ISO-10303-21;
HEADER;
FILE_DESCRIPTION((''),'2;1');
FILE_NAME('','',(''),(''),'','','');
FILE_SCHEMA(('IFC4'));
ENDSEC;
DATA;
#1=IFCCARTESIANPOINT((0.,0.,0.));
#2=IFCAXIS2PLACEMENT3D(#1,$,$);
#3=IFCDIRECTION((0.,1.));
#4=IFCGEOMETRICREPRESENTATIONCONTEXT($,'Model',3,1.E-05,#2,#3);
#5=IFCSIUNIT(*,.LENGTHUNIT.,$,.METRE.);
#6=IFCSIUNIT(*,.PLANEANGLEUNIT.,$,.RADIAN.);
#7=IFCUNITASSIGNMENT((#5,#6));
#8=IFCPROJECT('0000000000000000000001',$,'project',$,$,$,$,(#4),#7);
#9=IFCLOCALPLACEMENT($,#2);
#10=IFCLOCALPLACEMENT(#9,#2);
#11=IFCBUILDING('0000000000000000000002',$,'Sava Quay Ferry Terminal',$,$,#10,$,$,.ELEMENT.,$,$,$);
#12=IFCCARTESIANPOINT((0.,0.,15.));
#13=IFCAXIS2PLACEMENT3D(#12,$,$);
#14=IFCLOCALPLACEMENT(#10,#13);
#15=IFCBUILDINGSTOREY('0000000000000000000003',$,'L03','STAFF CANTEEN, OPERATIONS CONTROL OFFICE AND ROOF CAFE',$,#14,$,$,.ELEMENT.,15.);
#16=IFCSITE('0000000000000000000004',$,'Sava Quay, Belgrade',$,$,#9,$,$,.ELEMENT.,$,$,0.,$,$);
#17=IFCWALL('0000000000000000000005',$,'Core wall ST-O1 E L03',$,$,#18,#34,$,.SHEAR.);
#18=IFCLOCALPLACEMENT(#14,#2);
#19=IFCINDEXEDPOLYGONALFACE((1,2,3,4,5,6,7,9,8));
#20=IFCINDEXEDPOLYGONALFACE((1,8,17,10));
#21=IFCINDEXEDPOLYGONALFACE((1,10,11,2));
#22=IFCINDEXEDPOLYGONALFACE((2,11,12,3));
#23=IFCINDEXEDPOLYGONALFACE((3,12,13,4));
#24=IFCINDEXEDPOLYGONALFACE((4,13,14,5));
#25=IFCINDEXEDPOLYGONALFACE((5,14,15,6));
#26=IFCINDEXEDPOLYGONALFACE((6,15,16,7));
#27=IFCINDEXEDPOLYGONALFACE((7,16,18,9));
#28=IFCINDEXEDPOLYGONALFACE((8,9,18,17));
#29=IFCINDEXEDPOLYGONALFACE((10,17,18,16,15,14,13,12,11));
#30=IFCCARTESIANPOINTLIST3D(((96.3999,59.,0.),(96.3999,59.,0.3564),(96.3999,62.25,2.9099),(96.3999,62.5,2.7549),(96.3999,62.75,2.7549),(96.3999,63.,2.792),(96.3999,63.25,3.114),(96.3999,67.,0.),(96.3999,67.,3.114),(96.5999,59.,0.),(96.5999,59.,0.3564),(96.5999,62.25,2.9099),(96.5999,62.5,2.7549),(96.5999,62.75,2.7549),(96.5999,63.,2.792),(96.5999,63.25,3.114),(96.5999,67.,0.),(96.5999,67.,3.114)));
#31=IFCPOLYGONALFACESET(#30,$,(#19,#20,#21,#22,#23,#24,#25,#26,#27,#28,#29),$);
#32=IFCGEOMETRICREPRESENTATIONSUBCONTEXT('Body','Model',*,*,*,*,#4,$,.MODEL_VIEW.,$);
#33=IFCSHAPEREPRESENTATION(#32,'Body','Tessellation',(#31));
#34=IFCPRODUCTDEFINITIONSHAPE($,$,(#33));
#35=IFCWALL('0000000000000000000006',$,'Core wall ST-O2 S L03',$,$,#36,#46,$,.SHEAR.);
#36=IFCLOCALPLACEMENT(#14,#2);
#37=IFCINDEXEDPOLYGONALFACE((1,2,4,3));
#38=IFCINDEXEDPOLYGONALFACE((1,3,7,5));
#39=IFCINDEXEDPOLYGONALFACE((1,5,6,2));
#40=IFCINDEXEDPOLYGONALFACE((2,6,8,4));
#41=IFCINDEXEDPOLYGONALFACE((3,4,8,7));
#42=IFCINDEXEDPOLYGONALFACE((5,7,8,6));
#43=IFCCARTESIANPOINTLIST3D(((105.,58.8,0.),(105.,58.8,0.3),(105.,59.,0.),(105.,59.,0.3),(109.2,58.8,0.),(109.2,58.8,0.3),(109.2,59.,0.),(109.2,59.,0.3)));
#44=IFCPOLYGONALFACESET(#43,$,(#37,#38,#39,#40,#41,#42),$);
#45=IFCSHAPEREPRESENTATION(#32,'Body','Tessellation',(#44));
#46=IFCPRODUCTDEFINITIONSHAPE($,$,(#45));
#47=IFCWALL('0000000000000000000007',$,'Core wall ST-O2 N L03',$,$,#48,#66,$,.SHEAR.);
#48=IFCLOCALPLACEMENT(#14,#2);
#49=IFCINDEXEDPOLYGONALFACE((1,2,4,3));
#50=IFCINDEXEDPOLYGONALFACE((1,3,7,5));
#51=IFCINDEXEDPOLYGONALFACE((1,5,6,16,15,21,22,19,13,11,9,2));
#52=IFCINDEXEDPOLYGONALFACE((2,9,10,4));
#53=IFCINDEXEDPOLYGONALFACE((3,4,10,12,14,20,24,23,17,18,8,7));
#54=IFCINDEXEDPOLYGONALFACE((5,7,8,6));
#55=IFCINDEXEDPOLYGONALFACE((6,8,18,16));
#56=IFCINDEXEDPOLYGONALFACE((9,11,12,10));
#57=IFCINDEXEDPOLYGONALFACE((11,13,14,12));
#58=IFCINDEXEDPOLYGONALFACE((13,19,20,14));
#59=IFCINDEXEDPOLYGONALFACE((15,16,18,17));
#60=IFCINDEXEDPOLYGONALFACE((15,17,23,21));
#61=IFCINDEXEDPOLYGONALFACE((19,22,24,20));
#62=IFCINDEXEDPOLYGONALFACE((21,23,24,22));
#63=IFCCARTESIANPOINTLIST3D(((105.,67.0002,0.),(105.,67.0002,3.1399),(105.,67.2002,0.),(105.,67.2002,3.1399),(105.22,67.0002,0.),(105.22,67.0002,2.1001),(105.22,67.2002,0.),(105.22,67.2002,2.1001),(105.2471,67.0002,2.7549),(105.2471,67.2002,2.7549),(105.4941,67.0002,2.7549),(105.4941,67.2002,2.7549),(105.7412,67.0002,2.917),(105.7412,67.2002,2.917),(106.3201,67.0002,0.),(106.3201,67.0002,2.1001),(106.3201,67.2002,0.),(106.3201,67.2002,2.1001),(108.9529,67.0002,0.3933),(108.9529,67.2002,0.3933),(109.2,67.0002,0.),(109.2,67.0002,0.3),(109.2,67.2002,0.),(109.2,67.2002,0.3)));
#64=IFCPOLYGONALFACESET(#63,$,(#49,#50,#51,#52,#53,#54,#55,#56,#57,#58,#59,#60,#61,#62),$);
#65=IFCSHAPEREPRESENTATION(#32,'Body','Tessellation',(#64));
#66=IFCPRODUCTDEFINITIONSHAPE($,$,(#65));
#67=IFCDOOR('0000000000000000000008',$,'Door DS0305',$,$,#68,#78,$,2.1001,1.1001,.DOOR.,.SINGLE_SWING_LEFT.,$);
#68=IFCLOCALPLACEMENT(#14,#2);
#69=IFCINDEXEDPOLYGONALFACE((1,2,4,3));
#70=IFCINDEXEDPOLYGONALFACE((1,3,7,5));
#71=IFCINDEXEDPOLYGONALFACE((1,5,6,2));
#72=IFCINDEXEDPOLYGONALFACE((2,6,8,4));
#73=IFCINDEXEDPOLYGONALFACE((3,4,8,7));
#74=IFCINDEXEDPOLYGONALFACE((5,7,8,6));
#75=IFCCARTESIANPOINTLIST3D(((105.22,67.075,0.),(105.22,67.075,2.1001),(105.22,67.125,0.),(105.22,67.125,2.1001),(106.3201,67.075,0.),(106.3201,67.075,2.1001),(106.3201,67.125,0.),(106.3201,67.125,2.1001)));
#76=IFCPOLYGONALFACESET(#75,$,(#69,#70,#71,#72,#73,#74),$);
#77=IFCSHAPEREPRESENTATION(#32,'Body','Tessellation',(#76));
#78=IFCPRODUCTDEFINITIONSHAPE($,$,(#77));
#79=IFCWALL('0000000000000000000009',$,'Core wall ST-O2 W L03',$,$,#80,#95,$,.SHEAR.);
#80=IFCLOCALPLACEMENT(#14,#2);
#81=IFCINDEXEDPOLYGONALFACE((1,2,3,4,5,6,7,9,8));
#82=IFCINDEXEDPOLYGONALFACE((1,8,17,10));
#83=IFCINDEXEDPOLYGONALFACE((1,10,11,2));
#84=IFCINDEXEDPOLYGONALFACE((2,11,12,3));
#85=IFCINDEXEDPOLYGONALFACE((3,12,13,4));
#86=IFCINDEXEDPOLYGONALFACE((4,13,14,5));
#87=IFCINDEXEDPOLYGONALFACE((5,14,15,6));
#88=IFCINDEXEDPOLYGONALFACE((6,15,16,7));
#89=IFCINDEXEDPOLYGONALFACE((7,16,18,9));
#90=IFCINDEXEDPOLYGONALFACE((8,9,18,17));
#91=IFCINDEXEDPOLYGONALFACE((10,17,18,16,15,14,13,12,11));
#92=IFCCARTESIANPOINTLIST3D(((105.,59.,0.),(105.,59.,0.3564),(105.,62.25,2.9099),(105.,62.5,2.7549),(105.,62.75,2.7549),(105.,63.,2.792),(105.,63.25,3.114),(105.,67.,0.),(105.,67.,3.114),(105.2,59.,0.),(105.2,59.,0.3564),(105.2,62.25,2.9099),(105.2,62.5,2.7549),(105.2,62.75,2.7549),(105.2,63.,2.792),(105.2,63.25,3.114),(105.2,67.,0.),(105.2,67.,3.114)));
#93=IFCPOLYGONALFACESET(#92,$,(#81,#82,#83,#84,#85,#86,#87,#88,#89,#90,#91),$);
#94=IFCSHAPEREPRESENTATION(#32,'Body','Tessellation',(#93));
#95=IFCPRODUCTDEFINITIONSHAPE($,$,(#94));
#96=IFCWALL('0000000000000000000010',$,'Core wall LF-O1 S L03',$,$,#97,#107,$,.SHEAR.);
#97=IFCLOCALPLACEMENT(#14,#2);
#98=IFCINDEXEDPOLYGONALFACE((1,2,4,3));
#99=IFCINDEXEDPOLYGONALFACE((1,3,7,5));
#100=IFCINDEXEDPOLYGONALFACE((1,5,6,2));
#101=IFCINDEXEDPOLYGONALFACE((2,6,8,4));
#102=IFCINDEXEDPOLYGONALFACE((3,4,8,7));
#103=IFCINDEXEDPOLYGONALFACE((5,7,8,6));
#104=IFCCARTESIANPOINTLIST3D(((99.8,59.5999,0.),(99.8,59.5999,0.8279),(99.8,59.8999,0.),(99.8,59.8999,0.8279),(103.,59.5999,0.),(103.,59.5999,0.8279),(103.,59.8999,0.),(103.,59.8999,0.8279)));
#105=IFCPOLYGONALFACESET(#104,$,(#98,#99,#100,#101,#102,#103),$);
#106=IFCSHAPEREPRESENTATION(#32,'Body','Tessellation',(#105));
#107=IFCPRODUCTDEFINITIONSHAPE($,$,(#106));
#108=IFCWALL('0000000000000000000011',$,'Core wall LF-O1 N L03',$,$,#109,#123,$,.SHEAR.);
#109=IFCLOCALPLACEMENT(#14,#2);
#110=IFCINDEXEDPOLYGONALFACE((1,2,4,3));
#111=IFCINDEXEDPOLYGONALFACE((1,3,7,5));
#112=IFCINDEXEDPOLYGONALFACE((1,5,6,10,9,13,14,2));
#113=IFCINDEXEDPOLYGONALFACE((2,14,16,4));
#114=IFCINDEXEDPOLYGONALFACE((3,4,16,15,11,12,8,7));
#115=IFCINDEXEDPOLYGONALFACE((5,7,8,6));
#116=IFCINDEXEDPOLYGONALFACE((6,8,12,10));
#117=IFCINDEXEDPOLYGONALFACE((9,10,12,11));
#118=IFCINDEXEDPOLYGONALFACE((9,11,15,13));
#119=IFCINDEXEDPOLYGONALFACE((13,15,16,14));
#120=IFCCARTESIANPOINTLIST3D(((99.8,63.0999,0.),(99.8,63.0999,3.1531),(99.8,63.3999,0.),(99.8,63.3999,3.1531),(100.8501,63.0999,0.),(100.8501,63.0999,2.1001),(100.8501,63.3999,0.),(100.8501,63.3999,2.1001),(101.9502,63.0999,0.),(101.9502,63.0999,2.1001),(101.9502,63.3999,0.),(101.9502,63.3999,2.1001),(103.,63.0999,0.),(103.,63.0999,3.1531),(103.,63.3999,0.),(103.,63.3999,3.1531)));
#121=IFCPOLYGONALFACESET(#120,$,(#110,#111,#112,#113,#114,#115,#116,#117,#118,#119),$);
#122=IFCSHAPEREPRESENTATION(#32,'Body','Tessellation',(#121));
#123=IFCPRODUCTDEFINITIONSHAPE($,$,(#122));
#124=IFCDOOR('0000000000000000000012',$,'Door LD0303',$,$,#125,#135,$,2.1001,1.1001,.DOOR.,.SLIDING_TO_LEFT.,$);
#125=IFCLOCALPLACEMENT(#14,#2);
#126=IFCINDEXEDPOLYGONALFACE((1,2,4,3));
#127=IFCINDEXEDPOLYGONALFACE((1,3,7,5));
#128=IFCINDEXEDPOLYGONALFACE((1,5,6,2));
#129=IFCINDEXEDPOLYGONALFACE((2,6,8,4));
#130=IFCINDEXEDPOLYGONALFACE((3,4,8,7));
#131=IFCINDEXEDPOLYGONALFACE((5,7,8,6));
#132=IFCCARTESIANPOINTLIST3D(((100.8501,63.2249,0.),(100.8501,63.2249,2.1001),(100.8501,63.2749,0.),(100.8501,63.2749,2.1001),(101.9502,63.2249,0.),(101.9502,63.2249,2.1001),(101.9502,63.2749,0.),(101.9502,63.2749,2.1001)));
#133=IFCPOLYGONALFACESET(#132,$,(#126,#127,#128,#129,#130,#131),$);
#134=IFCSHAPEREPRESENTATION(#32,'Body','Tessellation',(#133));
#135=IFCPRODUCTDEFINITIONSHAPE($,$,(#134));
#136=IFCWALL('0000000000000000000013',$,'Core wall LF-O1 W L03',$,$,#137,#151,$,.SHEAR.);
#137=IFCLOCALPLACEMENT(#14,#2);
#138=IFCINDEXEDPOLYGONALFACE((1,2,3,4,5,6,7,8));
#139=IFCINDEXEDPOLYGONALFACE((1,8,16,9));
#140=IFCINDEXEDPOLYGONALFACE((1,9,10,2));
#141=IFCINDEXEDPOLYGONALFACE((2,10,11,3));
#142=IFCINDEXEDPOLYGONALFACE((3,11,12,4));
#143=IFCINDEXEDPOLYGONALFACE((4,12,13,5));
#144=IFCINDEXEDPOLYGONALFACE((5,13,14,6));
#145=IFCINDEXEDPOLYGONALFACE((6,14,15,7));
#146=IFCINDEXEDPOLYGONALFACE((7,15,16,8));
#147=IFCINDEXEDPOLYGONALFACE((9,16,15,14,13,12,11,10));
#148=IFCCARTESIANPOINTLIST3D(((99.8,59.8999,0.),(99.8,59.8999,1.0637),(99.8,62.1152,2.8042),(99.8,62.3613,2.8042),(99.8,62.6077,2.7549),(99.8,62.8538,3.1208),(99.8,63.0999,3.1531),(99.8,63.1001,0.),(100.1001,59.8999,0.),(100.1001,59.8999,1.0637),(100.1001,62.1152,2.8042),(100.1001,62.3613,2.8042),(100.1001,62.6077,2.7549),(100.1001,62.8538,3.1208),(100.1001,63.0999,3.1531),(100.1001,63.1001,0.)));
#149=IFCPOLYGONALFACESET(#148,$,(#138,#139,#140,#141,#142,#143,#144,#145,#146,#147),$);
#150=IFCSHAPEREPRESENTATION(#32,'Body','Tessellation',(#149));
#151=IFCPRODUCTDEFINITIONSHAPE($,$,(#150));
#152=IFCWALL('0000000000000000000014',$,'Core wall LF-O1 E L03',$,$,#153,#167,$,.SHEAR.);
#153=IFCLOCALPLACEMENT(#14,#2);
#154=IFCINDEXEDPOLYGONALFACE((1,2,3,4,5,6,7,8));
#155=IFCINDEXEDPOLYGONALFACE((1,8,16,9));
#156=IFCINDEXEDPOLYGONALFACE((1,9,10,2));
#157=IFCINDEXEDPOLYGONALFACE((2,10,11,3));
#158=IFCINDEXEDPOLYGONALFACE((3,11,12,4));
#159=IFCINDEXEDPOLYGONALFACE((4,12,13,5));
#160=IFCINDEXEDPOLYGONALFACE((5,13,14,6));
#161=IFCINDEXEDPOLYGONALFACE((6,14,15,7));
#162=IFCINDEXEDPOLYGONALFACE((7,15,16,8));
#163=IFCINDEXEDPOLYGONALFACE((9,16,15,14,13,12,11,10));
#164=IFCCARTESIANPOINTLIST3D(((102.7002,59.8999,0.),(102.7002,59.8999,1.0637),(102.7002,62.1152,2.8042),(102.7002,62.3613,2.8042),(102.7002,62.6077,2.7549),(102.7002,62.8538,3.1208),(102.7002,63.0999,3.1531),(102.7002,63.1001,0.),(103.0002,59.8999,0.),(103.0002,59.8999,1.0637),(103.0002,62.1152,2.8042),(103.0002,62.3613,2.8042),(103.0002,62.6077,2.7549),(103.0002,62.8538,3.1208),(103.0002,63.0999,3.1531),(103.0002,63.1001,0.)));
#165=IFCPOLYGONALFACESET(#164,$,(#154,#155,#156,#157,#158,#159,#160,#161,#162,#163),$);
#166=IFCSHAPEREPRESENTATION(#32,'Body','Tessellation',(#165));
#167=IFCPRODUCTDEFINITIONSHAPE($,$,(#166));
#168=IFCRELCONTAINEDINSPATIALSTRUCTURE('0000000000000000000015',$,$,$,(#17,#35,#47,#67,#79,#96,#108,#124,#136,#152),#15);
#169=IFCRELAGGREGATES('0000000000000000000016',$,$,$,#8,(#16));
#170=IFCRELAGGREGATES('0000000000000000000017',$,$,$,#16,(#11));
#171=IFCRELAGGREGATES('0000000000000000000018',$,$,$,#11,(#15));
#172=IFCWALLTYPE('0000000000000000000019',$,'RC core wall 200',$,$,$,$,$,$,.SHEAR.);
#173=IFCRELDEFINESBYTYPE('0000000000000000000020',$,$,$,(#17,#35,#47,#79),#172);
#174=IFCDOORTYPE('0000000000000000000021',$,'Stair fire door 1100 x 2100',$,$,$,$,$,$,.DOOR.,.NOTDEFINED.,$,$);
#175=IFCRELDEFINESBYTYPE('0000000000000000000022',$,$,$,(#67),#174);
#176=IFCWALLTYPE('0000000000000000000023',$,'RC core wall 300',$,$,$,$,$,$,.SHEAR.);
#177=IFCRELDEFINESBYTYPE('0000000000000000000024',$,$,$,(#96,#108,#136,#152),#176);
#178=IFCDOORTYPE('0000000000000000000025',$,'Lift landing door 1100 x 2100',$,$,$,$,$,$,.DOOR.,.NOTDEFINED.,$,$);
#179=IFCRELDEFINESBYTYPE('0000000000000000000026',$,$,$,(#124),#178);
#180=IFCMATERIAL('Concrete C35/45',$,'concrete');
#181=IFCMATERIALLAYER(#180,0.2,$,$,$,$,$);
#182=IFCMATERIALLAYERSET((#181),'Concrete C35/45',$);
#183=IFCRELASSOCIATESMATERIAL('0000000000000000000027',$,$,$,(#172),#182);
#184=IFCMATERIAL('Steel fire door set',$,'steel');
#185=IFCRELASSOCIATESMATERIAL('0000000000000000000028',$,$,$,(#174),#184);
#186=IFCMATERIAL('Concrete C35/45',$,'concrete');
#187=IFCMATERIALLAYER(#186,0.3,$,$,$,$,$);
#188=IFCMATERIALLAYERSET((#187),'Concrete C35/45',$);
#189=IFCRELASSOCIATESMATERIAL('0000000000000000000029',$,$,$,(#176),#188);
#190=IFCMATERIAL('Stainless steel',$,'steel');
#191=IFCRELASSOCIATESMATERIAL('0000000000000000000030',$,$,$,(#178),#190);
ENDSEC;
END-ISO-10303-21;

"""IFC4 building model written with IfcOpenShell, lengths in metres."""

from ifc_helpers import new_model, si_unit, direction, frame, frame_2d, origin, place, context, subcontext, project, spatial, polyline, rectangle, outline, extrude, material, layer, layer_set, type_object, element, fill, save


model = new_model("IFC4")

# Units and contexts
model_context = context("Model", 3, precision=1e-05, world=origin(), true_north=direction((0.0, 1.0)))
body_context = subcontext(model_context, "Body", "Model", "MODEL_VIEW")
ifc_project = project(units=[si_unit("LENGTHUNIT", "METRE"), si_unit("PLANEANGLEUNIT", "RADIAN")], contexts=[model_context])

# Site, building, storey
site_placement = place(None, origin())
site = spatial("IfcSite", under=ifc_project, at=site_placement, Name="Sava Quay, Belgrade", CompositionType="ELEMENT", RefElevation=0.0)
building_placement = place(site_placement, origin())
building = spatial("IfcBuilding", under=site, at=building_placement, Name="Sava Quay Ferry Terminal", CompositionType="ELEMENT")
storey_placement = place(building_placement, frame((0.0, 0.0, 15.0)))
storey = spatial("IfcBuildingStorey", under=building, at=storey_placement, Name="L03", Description="STAFF CANTEEN, OPERATIONS CONTROL OFFICE AND ROOF CAFE", CompositionType="ELEMENT", Elevation=15.0)

# Walls
ifc_material_1 = material(Name="Concrete C35/45", Category="concrete")
ifc_layer_1 = layer(ifc_material_1, 0.2)
ifc_layer_set_1 = layer_set([ifc_layer_1], Name="Concrete C35/45")
wall_type_1 = type_object("IfcWallType", Name="RC core wall 200", PredefinedType="SHEAR", material=ifc_layer_set_1)
wall_1_placement = place(storey_placement, frame((96.5, 59.0, 0.0), z_axis=(0.0, 0.0, 1.0), x_axis=(0.0, 1.0, 0.0)))
element("IfcWall", 1, at=wall_1_placement, inside=storey, type_object=wall_type_1, Name="Core wall ST-O1 E L03", PredefinedType="SHEAR", context=body_context, shape_type="SweptSolid", body=[
    extrude(outline(polyline([(0.0, 0.0), (8.0, 0.0), (8.0, 3.114), (4.25, 3.114), (4.0, 2.792), (3.75, 2.7549), (3.5, 2.7549), (3.25, 2.9099), (0.0, 0.3564), (0.0, 0.0)])), frame((0.0, 0.1001, 0.0), z_axis=(0.0, -1.0, 0.0), x_axis=(1.0, 0.0, 0.0)), (0.0, 0.0, 1.0), 0.2),
])
wall_2_placement = place(storey_placement, frame((105.0, 58.8999, 0.0), z_axis=(0.0, 0.0, 1.0), x_axis=(1.0, 0.0, 0.0)))
element("IfcWall", 2, at=wall_2_placement, inside=storey, type_object=wall_type_1, Name="Core wall ST-O2 S L03", PredefinedType="SHEAR", context=body_context, shape_type="SweptSolid", body=[
    extrude(outline(polyline([(0.0, 0.0), (4.2, 0.0), (4.2, 0.3), (0.0, 0.3), (0.0, 0.0)])), frame((0.0, 0.1001, 0.0), z_axis=(0.0, -1.0, 0.0), x_axis=(1.0, 0.0, 0.0)), (0.0, 0.0, 1.0), 0.2),
])

# Wall, opening, door
wall_3_placement = place(storey_placement, frame((105.0, 67.1001, 0.0), z_axis=(0.0, 0.0, 1.0), x_axis=(1.0, 0.0, 0.0)))
wall_3 = element("IfcWall", 3, at=wall_3_placement, inside=storey, type_object=wall_type_1, Name="Core wall ST-O2 N L03", PredefinedType="SHEAR", context=body_context, shape_type="SweptSolid", body=[
    extrude(outline(polyline([(0.0, 0.0), (4.2, 0.0), (4.2, 0.3), (3.9529, 0.3933), (0.7412, 2.917), (0.4941, 2.7549), (0.2471, 2.7549), (0.0, 3.1399), (0.0, 0.0)])), frame((0.0, 0.1001, 0.0), z_axis=(0.0, -1.0, 0.0), x_axis=(1.0, 0.0, 0.0)), (0.0, 0.0, 1.0), 0.2),
])
opening_1_placement = place(wall_3_placement, frame((0.22, 0.0, 0.0)))
opening_1 = element("IfcOpeningElement", 4, at=opening_1_placement, cuts=wall_3, PredefinedType="OPENING", context=body_context, shape_type="SweptSolid", body=[
    extrude(rectangle(XDim=1.1001, YDim=2.1001, at=frame_2d((0.55, 1.05))), frame((0.0, 0.1001, 0.0), z_axis=(0.0, -1.0, 0.0), x_axis=(1.0, 0.0, 0.0)), (0.0, 0.0, 1.0), 0.2),
])
ifc_material_2 = material(Name="Steel fire door set", Category="steel")
door_type_1 = type_object("IfcDoorType", Name="Stair fire door 1100 x 2100", OperationType="NOTDEFINED", PredefinedType="DOOR", material=ifc_material_2)
door_1_placement = place(opening_1_placement, origin())
door_1 = element("IfcDoor", 5, at=door_1_placement, inside=storey, type_object=door_type_1, Name="Door DS0305", OperationType="SINGLE_SWING_LEFT", OverallHeight=2.1001, OverallWidth=1.1001, PredefinedType="DOOR", context=body_context, shape_type="SweptSolid", body=[
    extrude(rectangle(XDim=1.1001, YDim=2.1001, at=frame_2d((0.55, 1.05))), frame((0.0, 0.0249, 0.0), z_axis=(0.0, -1.0, 0.0), x_axis=(1.0, 0.0, 0.0)), (0.0, 0.0, 1.0), 0.05),
])
fill(opening_1, door_1)

# Walls
wall_4_placement = place(storey_placement, frame((105.1001, 59.0, 0.0), z_axis=(0.0, 0.0, 1.0), x_axis=(0.0, 1.0, 0.0)))
element("IfcWall", 6, at=wall_4_placement, inside=storey, type_object=wall_type_1, Name="Core wall ST-O2 W L03", PredefinedType="SHEAR", context=body_context, shape_type="SweptSolid", body=[
    extrude(outline(polyline([(0.0, 0.0), (8.0, 0.0), (8.0, 3.114), (4.25, 3.114), (4.0, 2.792), (3.75, 2.7549), (3.5, 2.7549), (3.25, 2.9099), (0.0, 0.3564), (0.0, 0.0)])), frame((0.0, 0.1001, 0.0), z_axis=(0.0, -1.0, 0.0), x_axis=(1.0, 0.0, 0.0)), (0.0, 0.0, 1.0), 0.2),
])
ifc_material_3 = material(Name="Concrete C35/45", Category="concrete")
ifc_layer_2 = layer(ifc_material_3, 0.3)
ifc_layer_set_2 = layer_set([ifc_layer_2], Name="Concrete C35/45")
wall_type_2 = type_object("IfcWallType", Name="RC core wall 300", PredefinedType="SHEAR", material=ifc_layer_set_2)
wall_5_placement = place(storey_placement, frame((99.8, 59.75, 0.0), z_axis=(0.0, 0.0, 1.0), x_axis=(1.0, 0.0, 0.0)))
element("IfcWall", 7, at=wall_5_placement, inside=storey, type_object=wall_type_2, Name="Core wall LF-O1 S L03", PredefinedType="SHEAR", context=body_context, shape_type="SweptSolid", body=[
    extrude(outline(polyline([(0.0, 0.0), (3.2, 0.0), (3.2, 0.8279), (0.0, 0.8279), (0.0, 0.0)])), frame((0.0, 0.1499, 0.0), z_axis=(0.0, -1.0, 0.0), x_axis=(1.0, 0.0, 0.0)), (0.0, 0.0, 1.0), 0.3),
])

# Wall, opening, door
wall_6_placement = place(storey_placement, frame((99.8, 63.25, 0.0), z_axis=(0.0, 0.0, 1.0), x_axis=(1.0, 0.0, 0.0)))
wall_6 = element("IfcWall", 8, at=wall_6_placement, inside=storey, type_object=wall_type_2, Name="Core wall LF-O1 N L03", PredefinedType="SHEAR", context=body_context, shape_type="SweptSolid", body=[
    extrude(outline(polyline([(0.0, 0.0), (3.2, 0.0), (3.2, 3.1531), (0.0, 3.1531), (0.0, 0.0)])), frame((0.0, 0.1499, 0.0), z_axis=(0.0, -1.0, 0.0), x_axis=(1.0, 0.0, 0.0)), (0.0, 0.0, 1.0), 0.3),
])
opening_2_placement = place(wall_6_placement, frame((1.05, 0.0, 0.0)))
opening_2 = element("IfcOpeningElement", 9, at=opening_2_placement, cuts=wall_6, PredefinedType="OPENING", context=body_context, shape_type="SweptSolid", body=[
    extrude(rectangle(XDim=1.1001, YDim=2.1001, at=frame_2d((0.55, 1.05))), frame((0.0, 0.1499, 0.0), z_axis=(0.0, -1.0, 0.0), x_axis=(1.0, 0.0, 0.0)), (0.0, 0.0, 1.0), 0.3),
])
ifc_material_4 = material(Name="Stainless steel", Category="steel")
door_type_2 = type_object("IfcDoorType", Name="Lift landing door 1100 x 2100", OperationType="NOTDEFINED", PredefinedType="DOOR", material=ifc_material_4)
door_2_placement = place(opening_2_placement, origin())
door_2 = element("IfcDoor", 10, at=door_2_placement, inside=storey, type_object=door_type_2, Name="Door LD0303", OperationType="SLIDING_TO_LEFT", OverallHeight=2.1001, OverallWidth=1.1001, PredefinedType="DOOR", context=body_context, shape_type="SweptSolid", body=[
    extrude(rectangle(XDim=1.1001, YDim=2.1001, at=frame_2d((0.55, 1.05))), frame((0.0, 0.0249, 0.0), z_axis=(0.0, -1.0, 0.0), x_axis=(1.0, 0.0, 0.0)), (0.0, 0.0, 1.0), 0.05),
])
fill(opening_2, door_2)

# Walls
for number, where, z_axis, x_axis, name in (
    (11, (99.95, 59.8999, 0.0), (0.0, 0.0, 1.0), (0.0, 1.0, 0.0), "Core wall LF-O1 W L03"),
    (12, (102.8501, 59.8999, 0.0), (0.0, 0.0, 1.0), (0.0, 1.0, 0.0), "Core wall LF-O1 E L03"),
):
    element("IfcWall", number, at=place(storey_placement, frame(where, z_axis=z_axis, x_axis=x_axis)), inside=storey, type_object=wall_type_2, Name=name, PredefinedType="SHEAR", context=body_context, shape_type="SweptSolid", body=[
        extrude(outline(polyline([(0.0, 0.0), (3.2002, 0.0), (3.2, 3.1531), (2.9539, 3.1208), (2.7078, 2.7549), (2.4614, 2.8042), (2.2153, 2.8042), (0.0, 1.0637), (0.0, 0.0)])), frame((0.0, 0.1499, 0.0), z_axis=(0.0, -1.0, 0.0), x_axis=(1.0, 0.0, 0.0)), (0.0, 0.0, 1.0), 0.3),
    ])

save(model, "model.ifc")
